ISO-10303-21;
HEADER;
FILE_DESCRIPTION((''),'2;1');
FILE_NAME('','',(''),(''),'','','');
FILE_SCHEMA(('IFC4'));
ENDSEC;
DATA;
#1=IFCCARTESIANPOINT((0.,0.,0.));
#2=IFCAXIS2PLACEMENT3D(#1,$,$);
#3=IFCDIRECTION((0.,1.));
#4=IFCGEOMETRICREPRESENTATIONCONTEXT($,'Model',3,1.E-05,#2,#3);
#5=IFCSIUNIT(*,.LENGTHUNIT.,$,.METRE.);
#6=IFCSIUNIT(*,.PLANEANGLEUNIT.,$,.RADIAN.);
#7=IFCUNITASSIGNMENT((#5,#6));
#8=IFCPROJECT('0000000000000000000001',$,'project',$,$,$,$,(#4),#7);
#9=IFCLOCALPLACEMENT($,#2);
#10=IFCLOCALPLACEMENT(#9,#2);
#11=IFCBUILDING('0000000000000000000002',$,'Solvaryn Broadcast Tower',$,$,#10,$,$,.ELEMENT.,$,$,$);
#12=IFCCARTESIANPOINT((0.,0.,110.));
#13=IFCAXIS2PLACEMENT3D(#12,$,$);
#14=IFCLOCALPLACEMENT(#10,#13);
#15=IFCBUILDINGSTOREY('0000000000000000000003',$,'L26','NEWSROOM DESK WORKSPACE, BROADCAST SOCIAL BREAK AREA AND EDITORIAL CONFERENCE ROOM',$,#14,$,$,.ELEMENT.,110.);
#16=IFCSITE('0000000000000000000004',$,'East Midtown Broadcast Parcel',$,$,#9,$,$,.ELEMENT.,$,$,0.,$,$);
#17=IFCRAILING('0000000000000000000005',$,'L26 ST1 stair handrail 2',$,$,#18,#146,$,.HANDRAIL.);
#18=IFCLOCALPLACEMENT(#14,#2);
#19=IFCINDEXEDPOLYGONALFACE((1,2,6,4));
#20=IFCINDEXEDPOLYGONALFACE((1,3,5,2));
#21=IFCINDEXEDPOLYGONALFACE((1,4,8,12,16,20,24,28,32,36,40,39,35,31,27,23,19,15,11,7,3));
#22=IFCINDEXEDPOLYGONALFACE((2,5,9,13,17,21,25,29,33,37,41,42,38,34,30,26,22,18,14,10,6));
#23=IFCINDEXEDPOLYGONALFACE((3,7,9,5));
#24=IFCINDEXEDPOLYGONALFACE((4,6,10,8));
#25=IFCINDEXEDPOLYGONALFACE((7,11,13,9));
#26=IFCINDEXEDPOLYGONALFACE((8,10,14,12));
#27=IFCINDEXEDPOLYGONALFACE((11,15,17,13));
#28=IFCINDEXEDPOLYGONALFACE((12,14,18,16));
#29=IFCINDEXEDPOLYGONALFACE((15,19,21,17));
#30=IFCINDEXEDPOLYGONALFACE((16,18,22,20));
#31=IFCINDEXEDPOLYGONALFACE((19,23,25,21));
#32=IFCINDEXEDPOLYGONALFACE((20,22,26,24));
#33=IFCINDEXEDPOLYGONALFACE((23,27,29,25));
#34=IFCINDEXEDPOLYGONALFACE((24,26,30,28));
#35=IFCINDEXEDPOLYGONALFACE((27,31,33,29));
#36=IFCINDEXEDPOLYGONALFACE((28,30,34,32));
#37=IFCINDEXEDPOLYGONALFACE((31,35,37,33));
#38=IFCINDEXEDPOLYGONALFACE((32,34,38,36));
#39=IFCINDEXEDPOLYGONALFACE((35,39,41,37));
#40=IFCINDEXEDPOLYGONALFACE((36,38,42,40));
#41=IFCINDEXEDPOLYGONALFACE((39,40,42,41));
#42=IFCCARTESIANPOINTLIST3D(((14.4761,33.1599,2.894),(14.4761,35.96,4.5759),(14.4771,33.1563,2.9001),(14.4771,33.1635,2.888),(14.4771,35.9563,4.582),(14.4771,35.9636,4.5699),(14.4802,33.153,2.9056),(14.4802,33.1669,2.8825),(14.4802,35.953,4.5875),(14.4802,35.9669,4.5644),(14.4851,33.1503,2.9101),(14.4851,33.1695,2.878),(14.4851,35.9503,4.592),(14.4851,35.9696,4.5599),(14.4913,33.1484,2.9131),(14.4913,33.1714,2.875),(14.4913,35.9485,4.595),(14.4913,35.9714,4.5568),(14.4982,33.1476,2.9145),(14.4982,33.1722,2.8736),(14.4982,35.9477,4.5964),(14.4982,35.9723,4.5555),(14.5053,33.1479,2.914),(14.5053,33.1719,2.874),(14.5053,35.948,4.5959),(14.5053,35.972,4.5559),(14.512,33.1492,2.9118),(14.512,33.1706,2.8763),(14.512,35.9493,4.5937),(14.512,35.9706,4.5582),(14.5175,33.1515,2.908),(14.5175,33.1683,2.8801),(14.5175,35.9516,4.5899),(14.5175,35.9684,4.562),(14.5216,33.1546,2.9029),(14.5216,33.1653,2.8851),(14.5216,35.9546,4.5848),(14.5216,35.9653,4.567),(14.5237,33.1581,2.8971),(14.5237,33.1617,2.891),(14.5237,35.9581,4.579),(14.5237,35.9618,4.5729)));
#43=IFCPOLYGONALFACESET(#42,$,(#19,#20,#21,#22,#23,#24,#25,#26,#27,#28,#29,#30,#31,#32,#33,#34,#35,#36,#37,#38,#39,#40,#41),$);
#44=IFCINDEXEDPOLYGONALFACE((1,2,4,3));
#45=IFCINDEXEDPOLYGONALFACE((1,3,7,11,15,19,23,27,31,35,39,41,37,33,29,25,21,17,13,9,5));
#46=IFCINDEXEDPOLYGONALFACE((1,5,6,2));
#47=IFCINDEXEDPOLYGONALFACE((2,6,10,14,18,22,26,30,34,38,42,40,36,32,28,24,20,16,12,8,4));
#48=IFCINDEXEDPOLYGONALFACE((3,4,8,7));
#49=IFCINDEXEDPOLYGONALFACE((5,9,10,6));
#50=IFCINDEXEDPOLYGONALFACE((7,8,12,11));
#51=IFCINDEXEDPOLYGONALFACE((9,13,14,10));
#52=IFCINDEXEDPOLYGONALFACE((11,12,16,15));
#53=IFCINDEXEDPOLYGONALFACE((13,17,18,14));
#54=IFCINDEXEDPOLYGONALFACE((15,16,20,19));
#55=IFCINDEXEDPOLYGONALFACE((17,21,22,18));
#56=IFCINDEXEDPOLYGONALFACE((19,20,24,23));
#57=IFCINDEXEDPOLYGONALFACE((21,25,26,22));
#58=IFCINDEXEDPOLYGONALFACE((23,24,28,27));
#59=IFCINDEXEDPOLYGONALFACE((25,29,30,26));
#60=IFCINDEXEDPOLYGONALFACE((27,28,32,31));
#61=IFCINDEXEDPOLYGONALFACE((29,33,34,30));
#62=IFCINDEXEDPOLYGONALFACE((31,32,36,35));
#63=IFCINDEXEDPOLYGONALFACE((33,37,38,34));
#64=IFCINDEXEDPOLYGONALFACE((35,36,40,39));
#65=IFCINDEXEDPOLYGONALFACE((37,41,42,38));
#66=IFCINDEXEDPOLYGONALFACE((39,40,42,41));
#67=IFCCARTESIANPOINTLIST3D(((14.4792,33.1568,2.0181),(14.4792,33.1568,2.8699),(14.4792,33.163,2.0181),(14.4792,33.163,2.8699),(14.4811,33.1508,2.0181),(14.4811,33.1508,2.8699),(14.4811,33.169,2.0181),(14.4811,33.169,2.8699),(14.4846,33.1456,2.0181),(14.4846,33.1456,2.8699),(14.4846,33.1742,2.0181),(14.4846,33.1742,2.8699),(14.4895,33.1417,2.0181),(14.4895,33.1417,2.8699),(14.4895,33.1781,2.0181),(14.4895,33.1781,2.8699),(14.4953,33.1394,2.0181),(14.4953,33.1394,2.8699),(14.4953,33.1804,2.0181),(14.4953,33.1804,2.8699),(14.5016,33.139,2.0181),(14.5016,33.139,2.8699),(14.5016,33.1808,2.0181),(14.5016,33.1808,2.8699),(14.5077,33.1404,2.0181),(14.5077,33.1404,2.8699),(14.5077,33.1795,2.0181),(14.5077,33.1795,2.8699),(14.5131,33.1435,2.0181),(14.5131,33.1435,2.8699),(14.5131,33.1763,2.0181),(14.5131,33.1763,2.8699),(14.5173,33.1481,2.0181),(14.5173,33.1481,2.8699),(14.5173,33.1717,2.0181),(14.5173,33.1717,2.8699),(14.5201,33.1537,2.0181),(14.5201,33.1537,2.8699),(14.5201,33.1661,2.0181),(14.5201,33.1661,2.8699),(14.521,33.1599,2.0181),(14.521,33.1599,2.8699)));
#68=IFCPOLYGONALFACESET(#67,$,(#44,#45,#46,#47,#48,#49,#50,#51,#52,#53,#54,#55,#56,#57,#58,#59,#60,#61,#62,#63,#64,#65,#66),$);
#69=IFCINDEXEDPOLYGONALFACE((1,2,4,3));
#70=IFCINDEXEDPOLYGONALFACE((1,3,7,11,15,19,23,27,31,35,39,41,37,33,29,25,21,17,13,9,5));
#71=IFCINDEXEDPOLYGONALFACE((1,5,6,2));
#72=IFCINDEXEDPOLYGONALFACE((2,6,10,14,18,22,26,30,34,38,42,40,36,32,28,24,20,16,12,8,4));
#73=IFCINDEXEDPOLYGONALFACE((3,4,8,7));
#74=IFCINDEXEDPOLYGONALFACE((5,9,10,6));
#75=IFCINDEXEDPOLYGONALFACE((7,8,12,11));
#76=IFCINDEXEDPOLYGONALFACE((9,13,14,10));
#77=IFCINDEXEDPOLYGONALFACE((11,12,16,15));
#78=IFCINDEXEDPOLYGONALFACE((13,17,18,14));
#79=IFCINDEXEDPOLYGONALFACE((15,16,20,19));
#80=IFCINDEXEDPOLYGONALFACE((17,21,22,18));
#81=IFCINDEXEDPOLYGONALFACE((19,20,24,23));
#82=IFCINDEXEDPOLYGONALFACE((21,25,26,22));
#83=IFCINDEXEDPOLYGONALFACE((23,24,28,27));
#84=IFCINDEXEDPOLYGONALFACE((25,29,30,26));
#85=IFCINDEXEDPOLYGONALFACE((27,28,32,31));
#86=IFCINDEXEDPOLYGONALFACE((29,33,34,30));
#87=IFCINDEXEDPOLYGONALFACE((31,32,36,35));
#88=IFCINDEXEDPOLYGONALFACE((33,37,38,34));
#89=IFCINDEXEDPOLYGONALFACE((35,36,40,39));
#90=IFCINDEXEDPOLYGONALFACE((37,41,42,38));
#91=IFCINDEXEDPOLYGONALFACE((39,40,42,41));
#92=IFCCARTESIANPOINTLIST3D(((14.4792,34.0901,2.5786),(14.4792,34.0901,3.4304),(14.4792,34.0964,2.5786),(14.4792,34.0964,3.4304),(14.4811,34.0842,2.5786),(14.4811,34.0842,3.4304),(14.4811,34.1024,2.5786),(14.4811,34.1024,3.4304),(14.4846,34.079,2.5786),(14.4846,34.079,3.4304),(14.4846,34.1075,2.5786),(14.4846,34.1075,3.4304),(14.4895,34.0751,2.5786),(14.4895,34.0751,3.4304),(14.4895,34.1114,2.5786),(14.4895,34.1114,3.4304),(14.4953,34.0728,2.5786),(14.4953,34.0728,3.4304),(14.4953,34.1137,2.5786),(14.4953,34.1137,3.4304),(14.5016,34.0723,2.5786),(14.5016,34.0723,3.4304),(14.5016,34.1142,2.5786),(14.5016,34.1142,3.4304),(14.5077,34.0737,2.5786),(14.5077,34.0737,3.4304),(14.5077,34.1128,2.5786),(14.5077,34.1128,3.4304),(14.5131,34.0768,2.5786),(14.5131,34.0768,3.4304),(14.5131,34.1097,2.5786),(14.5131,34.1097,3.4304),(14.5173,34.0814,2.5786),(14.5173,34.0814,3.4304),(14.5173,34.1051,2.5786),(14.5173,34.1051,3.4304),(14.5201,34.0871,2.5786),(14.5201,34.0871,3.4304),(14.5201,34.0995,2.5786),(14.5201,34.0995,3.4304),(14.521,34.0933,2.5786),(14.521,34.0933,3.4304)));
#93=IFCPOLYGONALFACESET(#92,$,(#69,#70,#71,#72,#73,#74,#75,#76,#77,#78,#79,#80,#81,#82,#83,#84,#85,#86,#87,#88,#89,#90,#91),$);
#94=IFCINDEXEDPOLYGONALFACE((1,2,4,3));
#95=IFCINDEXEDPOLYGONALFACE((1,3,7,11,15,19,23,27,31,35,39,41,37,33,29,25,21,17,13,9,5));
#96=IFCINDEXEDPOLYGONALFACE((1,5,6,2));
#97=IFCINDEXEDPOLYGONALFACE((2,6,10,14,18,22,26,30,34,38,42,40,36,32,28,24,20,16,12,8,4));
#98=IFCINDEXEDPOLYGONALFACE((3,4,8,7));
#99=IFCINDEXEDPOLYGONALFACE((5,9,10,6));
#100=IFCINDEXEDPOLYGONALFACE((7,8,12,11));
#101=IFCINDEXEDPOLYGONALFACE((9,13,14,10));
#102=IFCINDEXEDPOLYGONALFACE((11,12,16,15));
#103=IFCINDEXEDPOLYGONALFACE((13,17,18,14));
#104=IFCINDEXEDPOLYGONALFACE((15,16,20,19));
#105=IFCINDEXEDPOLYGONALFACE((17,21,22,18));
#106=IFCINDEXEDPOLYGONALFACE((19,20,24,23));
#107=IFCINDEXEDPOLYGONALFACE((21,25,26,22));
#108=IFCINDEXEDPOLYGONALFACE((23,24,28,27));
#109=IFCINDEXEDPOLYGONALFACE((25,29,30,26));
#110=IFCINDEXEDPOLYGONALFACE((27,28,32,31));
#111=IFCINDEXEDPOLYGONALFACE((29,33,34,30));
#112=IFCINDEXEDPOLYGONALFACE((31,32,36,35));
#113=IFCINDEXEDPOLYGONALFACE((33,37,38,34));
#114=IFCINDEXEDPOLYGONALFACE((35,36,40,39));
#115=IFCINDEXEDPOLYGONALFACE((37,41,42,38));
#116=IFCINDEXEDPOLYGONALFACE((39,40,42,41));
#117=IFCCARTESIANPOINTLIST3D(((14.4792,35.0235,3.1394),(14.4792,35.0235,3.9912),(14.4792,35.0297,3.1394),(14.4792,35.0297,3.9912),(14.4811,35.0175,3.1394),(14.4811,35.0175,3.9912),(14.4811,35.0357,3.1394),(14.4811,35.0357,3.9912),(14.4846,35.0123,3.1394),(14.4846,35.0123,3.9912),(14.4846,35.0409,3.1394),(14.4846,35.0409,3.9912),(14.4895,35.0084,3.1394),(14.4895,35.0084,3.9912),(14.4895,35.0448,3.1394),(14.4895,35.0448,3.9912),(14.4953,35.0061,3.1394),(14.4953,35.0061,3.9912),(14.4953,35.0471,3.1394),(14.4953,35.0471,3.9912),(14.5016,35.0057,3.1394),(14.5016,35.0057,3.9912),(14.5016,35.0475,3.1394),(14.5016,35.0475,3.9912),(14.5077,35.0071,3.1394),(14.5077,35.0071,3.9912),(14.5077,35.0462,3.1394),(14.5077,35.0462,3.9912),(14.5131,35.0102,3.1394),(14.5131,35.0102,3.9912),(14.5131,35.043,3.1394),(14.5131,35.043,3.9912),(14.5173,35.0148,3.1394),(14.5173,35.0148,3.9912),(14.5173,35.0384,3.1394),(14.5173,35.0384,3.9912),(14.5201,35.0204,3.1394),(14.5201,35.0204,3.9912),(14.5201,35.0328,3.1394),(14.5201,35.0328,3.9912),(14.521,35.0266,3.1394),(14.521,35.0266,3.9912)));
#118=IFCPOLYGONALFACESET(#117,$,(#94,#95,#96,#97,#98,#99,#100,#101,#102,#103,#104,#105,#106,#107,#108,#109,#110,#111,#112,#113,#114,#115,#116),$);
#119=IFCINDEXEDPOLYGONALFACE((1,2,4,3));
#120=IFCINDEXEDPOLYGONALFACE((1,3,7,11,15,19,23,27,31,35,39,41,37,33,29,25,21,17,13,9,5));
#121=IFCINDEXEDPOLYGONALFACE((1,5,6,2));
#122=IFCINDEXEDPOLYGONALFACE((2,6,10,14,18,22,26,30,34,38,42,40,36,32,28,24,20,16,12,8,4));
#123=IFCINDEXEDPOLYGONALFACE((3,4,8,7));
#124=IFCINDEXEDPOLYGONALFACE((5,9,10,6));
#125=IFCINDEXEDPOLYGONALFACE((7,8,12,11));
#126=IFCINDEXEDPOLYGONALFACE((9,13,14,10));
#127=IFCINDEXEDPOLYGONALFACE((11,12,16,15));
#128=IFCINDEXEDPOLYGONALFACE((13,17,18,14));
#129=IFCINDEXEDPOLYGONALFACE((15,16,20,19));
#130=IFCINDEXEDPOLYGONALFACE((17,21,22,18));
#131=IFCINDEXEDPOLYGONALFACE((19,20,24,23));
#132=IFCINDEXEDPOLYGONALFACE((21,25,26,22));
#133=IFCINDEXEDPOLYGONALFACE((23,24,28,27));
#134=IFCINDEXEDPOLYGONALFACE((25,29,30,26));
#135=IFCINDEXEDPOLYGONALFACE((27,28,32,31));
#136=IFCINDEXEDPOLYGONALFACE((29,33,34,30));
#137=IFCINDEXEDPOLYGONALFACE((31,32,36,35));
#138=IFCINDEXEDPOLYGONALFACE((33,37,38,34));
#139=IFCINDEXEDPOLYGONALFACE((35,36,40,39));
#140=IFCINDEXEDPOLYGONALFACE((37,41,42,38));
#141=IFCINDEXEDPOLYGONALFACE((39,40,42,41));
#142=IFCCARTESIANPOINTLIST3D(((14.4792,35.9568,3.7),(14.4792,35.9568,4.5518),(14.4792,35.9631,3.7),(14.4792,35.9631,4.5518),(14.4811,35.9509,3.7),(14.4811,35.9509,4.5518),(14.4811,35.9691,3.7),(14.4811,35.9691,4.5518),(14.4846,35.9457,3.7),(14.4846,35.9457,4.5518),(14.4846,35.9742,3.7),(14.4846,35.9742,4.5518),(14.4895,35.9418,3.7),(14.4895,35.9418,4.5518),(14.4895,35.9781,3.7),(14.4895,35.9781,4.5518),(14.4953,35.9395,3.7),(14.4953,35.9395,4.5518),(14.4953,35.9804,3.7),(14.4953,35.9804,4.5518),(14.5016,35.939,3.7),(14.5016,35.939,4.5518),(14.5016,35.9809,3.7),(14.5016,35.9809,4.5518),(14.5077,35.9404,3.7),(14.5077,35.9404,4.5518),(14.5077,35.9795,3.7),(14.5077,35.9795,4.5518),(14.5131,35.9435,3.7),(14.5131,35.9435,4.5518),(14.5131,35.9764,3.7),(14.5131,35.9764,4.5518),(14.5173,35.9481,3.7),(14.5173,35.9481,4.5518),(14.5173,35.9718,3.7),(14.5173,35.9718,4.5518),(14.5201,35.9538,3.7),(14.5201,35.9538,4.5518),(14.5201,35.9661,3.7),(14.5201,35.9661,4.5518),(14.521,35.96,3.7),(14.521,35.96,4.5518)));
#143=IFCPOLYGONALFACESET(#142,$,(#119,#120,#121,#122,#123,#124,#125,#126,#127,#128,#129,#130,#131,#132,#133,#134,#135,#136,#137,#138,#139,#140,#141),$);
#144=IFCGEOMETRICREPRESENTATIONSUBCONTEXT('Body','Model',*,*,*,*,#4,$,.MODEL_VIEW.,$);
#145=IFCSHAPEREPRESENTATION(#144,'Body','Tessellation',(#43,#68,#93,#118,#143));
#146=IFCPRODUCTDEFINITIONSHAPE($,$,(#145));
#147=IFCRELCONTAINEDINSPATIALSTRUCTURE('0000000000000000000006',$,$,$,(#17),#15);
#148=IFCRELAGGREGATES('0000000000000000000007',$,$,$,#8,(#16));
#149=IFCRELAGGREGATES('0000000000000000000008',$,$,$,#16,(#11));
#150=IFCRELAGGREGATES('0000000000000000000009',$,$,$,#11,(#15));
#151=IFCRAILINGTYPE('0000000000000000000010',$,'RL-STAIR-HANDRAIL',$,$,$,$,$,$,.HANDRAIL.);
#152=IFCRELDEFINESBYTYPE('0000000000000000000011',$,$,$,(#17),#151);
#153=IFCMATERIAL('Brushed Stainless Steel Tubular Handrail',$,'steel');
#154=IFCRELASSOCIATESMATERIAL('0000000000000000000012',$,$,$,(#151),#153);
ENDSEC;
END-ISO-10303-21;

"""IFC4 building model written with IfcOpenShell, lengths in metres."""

from ifc_helpers import new_model, si_unit, direction, frame, origin, origin_2d, place, context, subcontext, project, spatial, circle, extrude, material, type_object, element, save


model = new_model("IFC4")

# Units and contexts
model_context = context("Model", 3, precision=1e-05, world=origin(), true_north=direction((0.0, 1.0)))
body_context = subcontext(model_context, "Body", "Model", "MODEL_VIEW")
ifc_project = project(units=[si_unit("LENGTHUNIT", "METRE"), si_unit("PLANEANGLEUNIT", "RADIAN")], contexts=[model_context])

# Site, building, storey
site_placement = place(None, origin())
site = spatial("IfcSite", under=ifc_project, at=site_placement, Name="East Midtown Broadcast Parcel", CompositionType="ELEMENT", RefElevation=0.0)
building_placement = place(site_placement, origin())
building = spatial("IfcBuilding", under=site, at=building_placement, Name="Solvaryn Broadcast Tower", CompositionType="ELEMENT")
storey_placement = place(building_placement, frame((0.0, 0.0, 110.0)))
storey = spatial("IfcBuildingStorey", under=building, at=storey_placement, Name="L26", Description="NEWSROOM DESK WORKSPACE, BROADCAST SOCIAL BREAK AREA AND EDITORIAL CONFERENCE ROOM", CompositionType="ELEMENT", Elevation=110.0)

# Railing
ifc_material_1 = material(Name="Brushed Stainless Steel Tubular Handrail", Category="steel")
railing_type_1 = type_object("IfcRailingType", Name="RL-STAIR-HANDRAIL", PredefinedType="HANDRAIL", material=ifc_material_1)
railing_1_placement = place(storey_placement, frame((14.5, 33.1599, 2.0181)))
element("IfcRailing", 1, at=railing_1_placement, inside=storey, type_object=railing_type_1, Name="L26 ST1 stair handrail 2", PredefinedType="HANDRAIL", context=body_context, shape_type="SweptSolid", body=[
    extrude(circle(Radius=0.0239, at=origin_2d()), frame((0.0, 0.0, 0.876), z_axis=(0.0, 0.857242, 0.514913), x_axis=(-1.0, 0.0, 0.0)), (0.0, 0.0, 1.0), 3.2664),
    extrude(circle(Radius=0.021, at=origin_2d()), origin(), (0.0, 0.0, 1.0), 0.8518),
    extrude(circle(Radius=0.021, at=origin_2d()), frame((0.0, 0.9333, 0.5605)), (0.0, 0.0, 1.0), 0.8518),
    extrude(circle(Radius=0.021, at=origin_2d()), frame((0.0, 1.8667, 1.1213)), (0.0, 0.0, 1.0), 0.8518),
    extrude(circle(Radius=0.021, at=origin_2d()), frame((0.0, 2.8, 1.6819)), (0.0, 0.0, 1.0), 0.8518),
])

save(model, "model.ifc")
